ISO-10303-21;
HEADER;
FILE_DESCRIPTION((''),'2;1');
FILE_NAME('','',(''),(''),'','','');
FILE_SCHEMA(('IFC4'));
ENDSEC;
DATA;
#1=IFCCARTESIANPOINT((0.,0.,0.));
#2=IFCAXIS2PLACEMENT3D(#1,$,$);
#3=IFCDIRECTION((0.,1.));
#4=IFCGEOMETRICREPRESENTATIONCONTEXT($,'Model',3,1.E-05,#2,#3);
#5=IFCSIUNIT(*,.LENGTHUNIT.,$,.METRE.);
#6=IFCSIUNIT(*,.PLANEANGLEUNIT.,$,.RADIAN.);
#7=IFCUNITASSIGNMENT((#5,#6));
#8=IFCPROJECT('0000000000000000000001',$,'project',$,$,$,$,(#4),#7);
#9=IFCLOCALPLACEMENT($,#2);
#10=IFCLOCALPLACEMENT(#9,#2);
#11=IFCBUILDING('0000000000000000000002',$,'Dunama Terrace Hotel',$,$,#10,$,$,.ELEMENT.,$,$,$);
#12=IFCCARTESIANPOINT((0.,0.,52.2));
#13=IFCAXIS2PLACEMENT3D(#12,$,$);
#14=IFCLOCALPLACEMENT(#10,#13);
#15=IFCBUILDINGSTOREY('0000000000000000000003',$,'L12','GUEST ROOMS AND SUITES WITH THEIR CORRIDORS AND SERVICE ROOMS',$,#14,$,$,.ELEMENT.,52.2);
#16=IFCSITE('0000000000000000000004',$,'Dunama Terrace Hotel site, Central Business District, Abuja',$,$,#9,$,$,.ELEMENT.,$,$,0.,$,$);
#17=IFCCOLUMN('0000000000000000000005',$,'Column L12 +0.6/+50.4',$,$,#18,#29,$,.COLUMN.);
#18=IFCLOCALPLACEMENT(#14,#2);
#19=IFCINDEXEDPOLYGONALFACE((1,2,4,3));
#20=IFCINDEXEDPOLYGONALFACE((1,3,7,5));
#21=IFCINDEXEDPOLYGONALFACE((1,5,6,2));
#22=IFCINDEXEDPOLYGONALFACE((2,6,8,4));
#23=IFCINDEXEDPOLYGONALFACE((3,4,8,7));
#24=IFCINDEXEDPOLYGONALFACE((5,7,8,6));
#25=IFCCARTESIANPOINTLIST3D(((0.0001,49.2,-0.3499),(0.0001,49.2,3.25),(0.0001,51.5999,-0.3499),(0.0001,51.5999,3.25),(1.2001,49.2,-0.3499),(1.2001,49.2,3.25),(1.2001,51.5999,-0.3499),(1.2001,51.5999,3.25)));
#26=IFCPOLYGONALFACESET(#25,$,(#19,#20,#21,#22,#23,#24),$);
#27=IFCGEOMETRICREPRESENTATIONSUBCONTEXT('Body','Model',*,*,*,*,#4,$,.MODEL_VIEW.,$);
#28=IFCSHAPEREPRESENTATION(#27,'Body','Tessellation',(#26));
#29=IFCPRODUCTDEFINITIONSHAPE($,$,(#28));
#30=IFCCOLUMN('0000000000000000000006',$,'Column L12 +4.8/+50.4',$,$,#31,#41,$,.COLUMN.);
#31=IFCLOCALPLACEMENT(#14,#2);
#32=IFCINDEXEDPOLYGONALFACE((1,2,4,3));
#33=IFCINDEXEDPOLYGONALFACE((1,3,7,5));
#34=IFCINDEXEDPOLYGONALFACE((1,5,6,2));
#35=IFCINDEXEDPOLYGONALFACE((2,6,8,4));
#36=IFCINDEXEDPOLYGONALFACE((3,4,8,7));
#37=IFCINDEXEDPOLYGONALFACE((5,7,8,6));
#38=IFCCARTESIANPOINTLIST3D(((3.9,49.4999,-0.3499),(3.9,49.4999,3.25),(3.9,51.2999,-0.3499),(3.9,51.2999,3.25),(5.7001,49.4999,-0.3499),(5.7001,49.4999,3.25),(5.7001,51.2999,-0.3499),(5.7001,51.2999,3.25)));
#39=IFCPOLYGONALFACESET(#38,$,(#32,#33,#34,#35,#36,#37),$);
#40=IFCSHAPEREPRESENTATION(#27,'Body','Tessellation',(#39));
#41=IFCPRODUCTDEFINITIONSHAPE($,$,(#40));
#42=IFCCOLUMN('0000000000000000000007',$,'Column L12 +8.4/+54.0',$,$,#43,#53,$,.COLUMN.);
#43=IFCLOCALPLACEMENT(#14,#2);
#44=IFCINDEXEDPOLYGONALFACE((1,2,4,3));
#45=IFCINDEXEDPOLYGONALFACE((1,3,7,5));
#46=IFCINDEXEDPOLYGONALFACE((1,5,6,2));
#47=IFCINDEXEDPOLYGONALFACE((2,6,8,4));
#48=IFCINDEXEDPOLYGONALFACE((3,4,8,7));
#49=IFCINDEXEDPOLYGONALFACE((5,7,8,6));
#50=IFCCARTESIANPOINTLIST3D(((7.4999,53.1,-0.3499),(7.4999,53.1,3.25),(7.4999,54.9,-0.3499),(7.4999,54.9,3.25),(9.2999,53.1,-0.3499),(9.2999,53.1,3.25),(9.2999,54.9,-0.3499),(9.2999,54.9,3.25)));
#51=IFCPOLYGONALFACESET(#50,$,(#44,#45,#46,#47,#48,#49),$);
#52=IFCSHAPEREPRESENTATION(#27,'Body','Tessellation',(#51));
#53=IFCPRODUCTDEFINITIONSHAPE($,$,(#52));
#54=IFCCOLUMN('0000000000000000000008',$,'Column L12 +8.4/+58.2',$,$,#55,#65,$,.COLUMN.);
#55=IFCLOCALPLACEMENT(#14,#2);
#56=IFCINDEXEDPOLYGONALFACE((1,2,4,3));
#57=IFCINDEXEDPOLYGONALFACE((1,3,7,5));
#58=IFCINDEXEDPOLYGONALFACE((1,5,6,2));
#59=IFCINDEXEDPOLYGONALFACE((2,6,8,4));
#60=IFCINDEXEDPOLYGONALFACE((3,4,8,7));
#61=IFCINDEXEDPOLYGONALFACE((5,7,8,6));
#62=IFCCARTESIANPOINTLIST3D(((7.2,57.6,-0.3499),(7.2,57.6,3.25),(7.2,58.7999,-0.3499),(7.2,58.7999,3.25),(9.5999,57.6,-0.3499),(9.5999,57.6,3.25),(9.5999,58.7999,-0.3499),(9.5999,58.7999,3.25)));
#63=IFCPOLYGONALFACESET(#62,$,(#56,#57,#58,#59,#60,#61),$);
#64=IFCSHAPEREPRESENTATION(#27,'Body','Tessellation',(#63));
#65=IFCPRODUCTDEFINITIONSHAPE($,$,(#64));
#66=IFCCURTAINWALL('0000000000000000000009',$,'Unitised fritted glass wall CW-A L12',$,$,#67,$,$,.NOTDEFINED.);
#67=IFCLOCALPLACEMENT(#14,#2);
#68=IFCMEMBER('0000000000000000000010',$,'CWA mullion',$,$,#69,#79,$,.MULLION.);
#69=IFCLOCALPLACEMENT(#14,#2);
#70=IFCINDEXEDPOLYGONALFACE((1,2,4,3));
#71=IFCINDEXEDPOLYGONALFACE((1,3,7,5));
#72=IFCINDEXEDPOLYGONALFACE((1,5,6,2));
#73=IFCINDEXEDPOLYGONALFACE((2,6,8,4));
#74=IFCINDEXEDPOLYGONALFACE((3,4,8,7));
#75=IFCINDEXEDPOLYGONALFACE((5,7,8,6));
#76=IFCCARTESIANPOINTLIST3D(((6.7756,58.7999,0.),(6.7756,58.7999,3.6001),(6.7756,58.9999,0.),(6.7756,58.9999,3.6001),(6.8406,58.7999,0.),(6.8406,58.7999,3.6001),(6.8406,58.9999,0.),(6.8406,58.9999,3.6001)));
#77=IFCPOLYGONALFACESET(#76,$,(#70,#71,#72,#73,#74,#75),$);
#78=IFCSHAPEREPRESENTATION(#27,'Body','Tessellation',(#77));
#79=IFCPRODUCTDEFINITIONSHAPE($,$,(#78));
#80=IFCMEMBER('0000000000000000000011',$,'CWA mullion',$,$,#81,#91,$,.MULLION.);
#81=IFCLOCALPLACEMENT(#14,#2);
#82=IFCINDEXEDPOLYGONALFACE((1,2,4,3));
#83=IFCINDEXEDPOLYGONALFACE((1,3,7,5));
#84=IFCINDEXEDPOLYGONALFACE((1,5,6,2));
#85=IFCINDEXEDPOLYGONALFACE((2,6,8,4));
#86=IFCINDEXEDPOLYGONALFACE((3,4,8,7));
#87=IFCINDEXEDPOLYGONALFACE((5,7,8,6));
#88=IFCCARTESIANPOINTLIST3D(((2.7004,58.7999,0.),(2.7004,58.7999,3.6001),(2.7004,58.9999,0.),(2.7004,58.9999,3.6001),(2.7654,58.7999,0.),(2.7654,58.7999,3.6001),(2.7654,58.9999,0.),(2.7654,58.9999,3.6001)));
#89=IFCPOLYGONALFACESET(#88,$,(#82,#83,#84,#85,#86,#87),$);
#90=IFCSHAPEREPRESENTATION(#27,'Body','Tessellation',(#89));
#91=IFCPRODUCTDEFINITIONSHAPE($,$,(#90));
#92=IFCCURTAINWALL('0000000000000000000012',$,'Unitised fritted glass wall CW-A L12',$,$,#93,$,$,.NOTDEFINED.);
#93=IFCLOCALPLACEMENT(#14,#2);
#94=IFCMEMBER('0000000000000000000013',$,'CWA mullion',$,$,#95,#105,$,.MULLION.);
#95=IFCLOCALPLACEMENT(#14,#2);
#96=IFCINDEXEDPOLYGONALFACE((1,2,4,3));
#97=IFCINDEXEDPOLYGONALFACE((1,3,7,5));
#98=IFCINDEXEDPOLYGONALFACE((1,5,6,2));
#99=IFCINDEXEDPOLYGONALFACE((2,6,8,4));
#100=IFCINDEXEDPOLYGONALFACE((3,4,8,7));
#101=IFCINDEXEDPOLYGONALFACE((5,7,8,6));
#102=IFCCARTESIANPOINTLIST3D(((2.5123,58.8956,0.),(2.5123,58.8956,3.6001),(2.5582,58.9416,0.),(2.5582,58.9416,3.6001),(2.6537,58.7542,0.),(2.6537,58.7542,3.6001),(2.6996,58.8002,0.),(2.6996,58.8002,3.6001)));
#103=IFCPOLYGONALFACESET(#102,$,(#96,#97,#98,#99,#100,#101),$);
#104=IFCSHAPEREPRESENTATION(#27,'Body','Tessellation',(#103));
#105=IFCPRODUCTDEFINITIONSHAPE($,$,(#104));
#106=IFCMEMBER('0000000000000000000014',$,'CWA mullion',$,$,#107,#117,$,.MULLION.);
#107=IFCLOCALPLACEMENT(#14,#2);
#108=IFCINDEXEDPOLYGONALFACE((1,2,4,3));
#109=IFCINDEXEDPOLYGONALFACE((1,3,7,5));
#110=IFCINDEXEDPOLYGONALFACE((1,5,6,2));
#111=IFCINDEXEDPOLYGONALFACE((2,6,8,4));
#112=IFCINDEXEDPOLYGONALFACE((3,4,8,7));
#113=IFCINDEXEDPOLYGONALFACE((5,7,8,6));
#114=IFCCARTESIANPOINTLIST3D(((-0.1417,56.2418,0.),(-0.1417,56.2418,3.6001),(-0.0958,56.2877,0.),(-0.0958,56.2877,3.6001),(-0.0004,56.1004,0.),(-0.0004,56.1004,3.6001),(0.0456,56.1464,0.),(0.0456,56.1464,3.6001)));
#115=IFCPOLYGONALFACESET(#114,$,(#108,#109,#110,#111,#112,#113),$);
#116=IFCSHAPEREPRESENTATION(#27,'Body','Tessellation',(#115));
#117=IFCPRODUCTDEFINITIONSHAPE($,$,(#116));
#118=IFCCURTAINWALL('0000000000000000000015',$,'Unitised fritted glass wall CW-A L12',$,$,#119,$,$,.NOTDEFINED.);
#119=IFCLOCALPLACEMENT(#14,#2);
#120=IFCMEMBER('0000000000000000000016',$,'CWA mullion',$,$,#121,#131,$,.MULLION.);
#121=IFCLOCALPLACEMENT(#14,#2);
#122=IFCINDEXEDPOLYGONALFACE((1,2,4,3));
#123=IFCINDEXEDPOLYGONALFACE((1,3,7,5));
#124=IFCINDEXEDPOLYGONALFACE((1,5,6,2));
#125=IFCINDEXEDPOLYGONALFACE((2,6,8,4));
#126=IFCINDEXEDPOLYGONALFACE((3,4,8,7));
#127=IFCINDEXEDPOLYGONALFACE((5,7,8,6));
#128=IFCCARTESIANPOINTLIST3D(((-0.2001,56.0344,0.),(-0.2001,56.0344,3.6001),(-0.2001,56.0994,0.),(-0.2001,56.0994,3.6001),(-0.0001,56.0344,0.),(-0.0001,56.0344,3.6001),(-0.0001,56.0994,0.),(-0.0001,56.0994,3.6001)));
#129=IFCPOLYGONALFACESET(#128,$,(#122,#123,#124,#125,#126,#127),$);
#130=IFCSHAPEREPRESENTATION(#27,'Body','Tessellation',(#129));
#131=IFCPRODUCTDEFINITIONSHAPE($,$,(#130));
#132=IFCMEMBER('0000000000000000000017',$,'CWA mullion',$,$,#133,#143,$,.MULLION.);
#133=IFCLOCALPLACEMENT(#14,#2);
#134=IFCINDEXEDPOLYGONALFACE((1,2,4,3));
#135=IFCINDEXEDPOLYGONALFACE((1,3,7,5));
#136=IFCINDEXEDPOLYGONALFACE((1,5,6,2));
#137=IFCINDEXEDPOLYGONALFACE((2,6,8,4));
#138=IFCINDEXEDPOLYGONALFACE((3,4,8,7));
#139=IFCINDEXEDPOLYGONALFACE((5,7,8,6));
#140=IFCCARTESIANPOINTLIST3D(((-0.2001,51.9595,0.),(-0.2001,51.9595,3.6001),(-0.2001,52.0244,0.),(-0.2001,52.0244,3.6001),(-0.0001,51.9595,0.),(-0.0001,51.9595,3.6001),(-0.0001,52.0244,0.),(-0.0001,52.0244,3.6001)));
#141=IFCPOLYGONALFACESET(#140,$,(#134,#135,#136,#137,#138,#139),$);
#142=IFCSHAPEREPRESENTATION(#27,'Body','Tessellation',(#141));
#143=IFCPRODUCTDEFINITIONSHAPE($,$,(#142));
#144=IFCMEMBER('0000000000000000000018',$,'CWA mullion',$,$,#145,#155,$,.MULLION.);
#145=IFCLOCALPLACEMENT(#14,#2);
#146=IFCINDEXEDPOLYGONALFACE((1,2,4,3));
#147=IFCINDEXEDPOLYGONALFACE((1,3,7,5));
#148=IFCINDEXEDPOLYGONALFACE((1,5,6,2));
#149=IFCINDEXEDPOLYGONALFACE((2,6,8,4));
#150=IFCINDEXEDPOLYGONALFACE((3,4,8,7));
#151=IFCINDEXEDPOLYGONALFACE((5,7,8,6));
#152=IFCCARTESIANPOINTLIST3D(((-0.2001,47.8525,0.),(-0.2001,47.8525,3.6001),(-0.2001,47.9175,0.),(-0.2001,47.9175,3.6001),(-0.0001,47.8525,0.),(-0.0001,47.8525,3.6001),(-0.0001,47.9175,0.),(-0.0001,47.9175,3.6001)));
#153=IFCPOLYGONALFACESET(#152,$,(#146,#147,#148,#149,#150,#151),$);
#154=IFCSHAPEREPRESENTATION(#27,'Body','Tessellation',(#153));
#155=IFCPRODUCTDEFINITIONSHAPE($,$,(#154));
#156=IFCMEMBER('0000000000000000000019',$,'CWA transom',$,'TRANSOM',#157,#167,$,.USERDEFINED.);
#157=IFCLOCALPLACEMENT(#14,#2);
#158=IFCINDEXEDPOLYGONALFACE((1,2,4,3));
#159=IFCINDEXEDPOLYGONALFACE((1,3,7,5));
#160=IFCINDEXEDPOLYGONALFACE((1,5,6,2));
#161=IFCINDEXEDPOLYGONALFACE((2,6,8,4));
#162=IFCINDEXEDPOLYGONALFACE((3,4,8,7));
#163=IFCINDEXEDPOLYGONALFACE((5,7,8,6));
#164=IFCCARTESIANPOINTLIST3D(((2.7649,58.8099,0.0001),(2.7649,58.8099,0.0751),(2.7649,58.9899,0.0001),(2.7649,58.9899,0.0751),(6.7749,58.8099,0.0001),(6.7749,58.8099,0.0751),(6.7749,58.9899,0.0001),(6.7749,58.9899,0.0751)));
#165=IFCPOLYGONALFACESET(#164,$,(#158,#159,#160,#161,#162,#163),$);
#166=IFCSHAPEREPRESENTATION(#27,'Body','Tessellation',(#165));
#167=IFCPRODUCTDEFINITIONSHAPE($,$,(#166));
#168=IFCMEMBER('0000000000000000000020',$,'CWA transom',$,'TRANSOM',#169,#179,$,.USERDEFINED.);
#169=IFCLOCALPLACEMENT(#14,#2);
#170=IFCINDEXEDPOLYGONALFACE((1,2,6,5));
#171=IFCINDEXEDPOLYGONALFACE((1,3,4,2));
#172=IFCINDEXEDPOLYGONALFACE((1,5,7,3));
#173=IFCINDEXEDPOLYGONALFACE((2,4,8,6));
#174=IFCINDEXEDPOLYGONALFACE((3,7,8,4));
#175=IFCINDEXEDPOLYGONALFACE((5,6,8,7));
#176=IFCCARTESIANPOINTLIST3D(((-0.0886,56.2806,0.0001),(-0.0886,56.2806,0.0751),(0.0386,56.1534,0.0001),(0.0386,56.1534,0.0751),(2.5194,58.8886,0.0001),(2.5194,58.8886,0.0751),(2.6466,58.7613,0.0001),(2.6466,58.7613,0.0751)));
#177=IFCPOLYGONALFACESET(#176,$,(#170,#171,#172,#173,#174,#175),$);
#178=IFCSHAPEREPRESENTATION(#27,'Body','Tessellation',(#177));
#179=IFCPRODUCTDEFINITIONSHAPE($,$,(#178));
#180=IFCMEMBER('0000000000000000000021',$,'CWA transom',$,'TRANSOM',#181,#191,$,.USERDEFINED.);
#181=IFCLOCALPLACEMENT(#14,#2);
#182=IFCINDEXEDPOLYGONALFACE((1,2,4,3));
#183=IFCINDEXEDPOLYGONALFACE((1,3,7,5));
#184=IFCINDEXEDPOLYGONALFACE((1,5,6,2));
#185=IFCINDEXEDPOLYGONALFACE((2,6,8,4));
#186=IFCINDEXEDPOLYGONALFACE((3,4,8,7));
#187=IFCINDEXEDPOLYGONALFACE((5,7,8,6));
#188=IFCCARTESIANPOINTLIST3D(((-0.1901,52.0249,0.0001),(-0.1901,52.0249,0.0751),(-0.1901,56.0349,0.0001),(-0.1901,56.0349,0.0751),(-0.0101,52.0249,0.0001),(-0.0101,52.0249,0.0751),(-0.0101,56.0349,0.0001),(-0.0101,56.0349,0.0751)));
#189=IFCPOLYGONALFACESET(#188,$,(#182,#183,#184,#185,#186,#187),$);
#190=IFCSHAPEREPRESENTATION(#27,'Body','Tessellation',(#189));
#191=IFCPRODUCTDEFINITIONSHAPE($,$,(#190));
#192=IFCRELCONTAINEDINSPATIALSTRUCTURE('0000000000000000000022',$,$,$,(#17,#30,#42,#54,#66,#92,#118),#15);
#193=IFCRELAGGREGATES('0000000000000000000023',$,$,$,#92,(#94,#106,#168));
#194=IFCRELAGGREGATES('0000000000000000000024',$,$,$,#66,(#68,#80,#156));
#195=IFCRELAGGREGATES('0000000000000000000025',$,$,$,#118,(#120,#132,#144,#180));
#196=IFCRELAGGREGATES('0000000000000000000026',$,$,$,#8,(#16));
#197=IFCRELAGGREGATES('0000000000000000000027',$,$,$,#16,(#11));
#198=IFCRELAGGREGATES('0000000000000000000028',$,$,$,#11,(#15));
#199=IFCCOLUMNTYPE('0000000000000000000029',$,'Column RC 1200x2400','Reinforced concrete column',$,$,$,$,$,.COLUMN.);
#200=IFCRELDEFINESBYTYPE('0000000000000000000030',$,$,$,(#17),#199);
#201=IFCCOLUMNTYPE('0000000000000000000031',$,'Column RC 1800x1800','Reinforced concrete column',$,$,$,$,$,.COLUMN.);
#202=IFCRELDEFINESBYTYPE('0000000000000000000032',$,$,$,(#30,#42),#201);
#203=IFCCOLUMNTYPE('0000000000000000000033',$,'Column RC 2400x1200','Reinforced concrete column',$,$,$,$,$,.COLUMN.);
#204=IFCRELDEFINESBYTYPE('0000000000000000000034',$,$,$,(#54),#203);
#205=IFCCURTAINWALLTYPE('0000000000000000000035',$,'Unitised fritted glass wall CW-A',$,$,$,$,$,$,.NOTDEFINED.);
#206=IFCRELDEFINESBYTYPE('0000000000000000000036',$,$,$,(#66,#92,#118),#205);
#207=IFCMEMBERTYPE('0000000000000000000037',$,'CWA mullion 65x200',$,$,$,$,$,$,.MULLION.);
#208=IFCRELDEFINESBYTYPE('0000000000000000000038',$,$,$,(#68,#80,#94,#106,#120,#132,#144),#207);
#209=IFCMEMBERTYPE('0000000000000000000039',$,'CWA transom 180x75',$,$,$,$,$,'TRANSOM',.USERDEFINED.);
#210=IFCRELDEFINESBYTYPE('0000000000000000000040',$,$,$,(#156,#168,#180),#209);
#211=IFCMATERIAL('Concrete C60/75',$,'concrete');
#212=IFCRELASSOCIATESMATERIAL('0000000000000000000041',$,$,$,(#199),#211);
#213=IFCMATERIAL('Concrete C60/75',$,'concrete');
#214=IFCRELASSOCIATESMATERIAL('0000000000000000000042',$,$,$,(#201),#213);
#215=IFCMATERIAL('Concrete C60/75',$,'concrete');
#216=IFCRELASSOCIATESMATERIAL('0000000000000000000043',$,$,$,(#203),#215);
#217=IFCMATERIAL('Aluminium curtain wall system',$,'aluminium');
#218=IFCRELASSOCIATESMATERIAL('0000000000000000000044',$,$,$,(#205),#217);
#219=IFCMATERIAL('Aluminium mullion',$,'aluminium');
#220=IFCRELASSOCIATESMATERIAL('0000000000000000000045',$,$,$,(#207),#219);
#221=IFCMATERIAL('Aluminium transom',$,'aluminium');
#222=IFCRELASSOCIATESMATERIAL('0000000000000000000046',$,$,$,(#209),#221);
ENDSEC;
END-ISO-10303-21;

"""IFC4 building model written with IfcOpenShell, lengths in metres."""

from ifc_helpers import new_model, si_unit, direction, frame, origin, origin_2d, place, context, subcontext, project, spatial, rectangle, extrude, material, material_profile, profile_set, type_object, element, aggregate, save


model = new_model("IFC4")

# Units and contexts
model_context = context("Model", 3, precision=1e-05, world=origin(), true_north=direction((0.0, 1.0)))
body_context = subcontext(model_context, "Body", "Model", "MODEL_VIEW")
ifc_project = project(units=[si_unit("LENGTHUNIT", "METRE"), si_unit("PLANEANGLEUNIT", "RADIAN")], contexts=[model_context])

# Site, building, storey
site_placement = place(None, origin())
site = spatial("IfcSite", under=ifc_project, at=site_placement, Name="Dunama Terrace Hotel site, Central Business District, Abuja", CompositionType="ELEMENT", RefElevation=0.0)
building_placement = place(site_placement, origin())
building = spatial("IfcBuilding", under=site, at=building_placement, Name="Dunama Terrace Hotel", CompositionType="ELEMENT")
storey_placement = place(building_placement, frame((0.0, 0.0, 52.2)))
storey = spatial("IfcBuildingStorey", under=building, at=storey_placement, Name="L12", Description="GUEST ROOMS AND SUITES WITH THEIR CORRIDORS AND SERVICE ROOMS", CompositionType="ELEMENT", Elevation=52.2)

# Columns
ifc_material_1 = material(Name="Concrete C60/75", Category="concrete")
ifc_material_profile_1 = material_profile(ifc_material_1, rectangle(XDim=1.2, YDim=2.3999, at=origin_2d()), Name="RC 1200x2400")
ifc_profile_set_1 = profile_set([ifc_material_profile_1], Name="Concrete C60/75")
column_type_1 = type_object("IfcColumnType", Name="Column RC 1200x2400", Description="Reinforced concrete column", PredefinedType="COLUMN", material=ifc_profile_set_1)
column_1_placement = place(storey_placement, frame((0.6001, 50.3999, -0.3499), z_axis=(0.0, 0.0, 1.0), x_axis=(1.0, 0.0, 0.0)))
element("IfcColumn", 1, at=column_1_placement, inside=storey, type_object=column_type_1, Name="Column L12 +0.6/+50.4", PredefinedType="COLUMN", context=body_context, shape_type="SweptSolid", body=[
    extrude(rectangle(XDim=1.2, YDim=2.3999, at=origin_2d()), origin(), (0.0, 0.0, 1.0), 3.5999),
])
ifc_material_2 = material(Name="Concrete C60/75", Category="concrete")
ifc_material_profile_2 = material_profile(ifc_material_2, rectangle(XDim=1.8, YDim=1.8, at=origin_2d()), Name="RC 1800x1800")
ifc_profile_set_2 = profile_set([ifc_material_profile_2], Name="Concrete C60/75")
column_type_2 = type_object("IfcColumnType", Name="Column RC 1800x1800", Description="Reinforced concrete column", PredefinedType="COLUMN", material=ifc_profile_set_2)
for number, where, z_axis, x_axis, name in (
    (2, (4.8, 50.3999, -0.3499), (0.0, 0.0, 1.0), (1.0, 0.0, 0.0), "Column L12 +4.8/+50.4"),
    (3, (8.3999, 54.0, -0.3499), (0.0, 0.0, 1.0), (1.0, 0.0, 0.0), "Column L12 +8.4/+54.0"),
):
    element("IfcColumn", number, at=place(storey_placement, frame(where, z_axis=z_axis, x_axis=x_axis)), inside=storey, type_object=column_type_2, Name=name, PredefinedType="COLUMN", context=body_context, shape_type="SweptSolid", body=[
        extrude(rectangle(XDim=1.8, YDim=1.8, at=origin_2d()), origin(), (0.0, 0.0, 1.0), 3.5999),
    ])
ifc_material_3 = material(Name="Concrete C60/75", Category="concrete")
ifc_material_profile_3 = material_profile(ifc_material_3, rectangle(XDim=2.3999, YDim=1.2, at=origin_2d()), Name="RC 2400x1200")
ifc_profile_set_3 = profile_set([ifc_material_profile_3], Name="Concrete C60/75")
column_type_3 = type_object("IfcColumnType", Name="Column RC 2400x1200", Description="Reinforced concrete column", PredefinedType="COLUMN", material=ifc_profile_set_3)
column_2_placement = place(storey_placement, frame((8.3999, 58.2, -0.3499), z_axis=(0.0, 0.0, 1.0), x_axis=(1.0, 0.0, 0.0)))
element("IfcColumn", 4, at=column_2_placement, inside=storey, type_object=column_type_3, Name="Column L12 +8.4/+58.2", PredefinedType="COLUMN", context=body_context, shape_type="SweptSolid", body=[
    extrude(rectangle(XDim=2.3999, YDim=1.2, at=origin_2d()), origin(), (0.0, 0.0, 1.0), 3.5999),
])

# Curtain walls, members
ifc_material_4 = material(Name="Aluminium curtain wall system", Category="aluminium")
curtain_wall_type = type_object("IfcCurtainWallType", Name="Unitised fritted glass wall CW-A", PredefinedType="NOTDEFINED", material=ifc_material_4)
curtain_wall_1_placement = place(storey_placement, origin())
curtain_wall_1 = element("IfcCurtainWall", 5, at=curtain_wall_1_placement, inside=storey, type_object=curtain_wall_type, Name="Unitised fritted glass wall CW-A L12", PredefinedType="NOTDEFINED")
ifc_material_5 = material(Name="Aluminium mullion", Category="aluminium")
ifc_material_profile_4 = material_profile(ifc_material_5, rectangle(XDim=0.0649, YDim=0.2, at=origin_2d()), Name="CWA MULLION 65X200")
ifc_profile_set_4 = profile_set([ifc_material_profile_4], Name="Aluminium mullion")
member_type_1 = type_object("IfcMemberType", Name="CWA mullion 65x200", PredefinedType="MULLION", material=ifc_profile_set_4)
member_1_placement = place(storey_placement, frame((6.8081, 58.8999, 0.0), z_axis=(0.0, 0.0, 1.0), x_axis=(-1.0, 0.0, 0.0)))
member_1 = element("IfcMember", 6, at=member_1_placement, type_object=member_type_1, Name="CWA mullion", PredefinedType="MULLION", context=body_context, shape_type="SweptSolid", body=[
    extrude(rectangle(XDim=0.0649, YDim=0.2, at=origin_2d()), origin(), (0.0, 0.0, 1.0), 3.6001),
])
member_2_placement = place(storey_placement, frame((2.7329, 58.8999, 0.0), z_axis=(0.0, 0.0, 1.0), x_axis=(-1.0, 0.0, 0.0)))
member_2 = element("IfcMember", 7, at=member_2_placement, type_object=member_type_1, Name="CWA mullion", PredefinedType="MULLION", context=body_context, shape_type="SweptSolid", body=[
    extrude(rectangle(XDim=0.0649, YDim=0.2, at=origin_2d()), origin(), (0.0, 0.0, 1.0), 3.6001),
])
curtain_wall_2_placement = place(storey_placement, origin())
curtain_wall_2 = element("IfcCurtainWall", 8, at=curtain_wall_2_placement, inside=storey, type_object=curtain_wall_type, Name="Unitised fritted glass wall CW-A L12", PredefinedType="NOTDEFINED")
member_3_placement = place(storey_placement, frame((2.606, 58.8479, 0.0), z_axis=(0.0, 0.0, 1.0), x_axis=(-0.707107, -0.707107, 0.0)))
member_3 = element("IfcMember", 9, at=member_3_placement, type_object=member_type_1, Name="CWA mullion", PredefinedType="MULLION", context=body_context, shape_type="SweptSolid", body=[
    extrude(rectangle(XDim=0.0649, YDim=0.2, at=origin_2d()), origin(), (0.0, 0.0, 1.0), 3.6001),
])
member_4_placement = place(storey_placement, frame((-0.0481, 56.1941, 0.0), z_axis=(0.0, 0.0, 1.0), x_axis=(-0.707107, -0.707107, 0.0)))
member_4 = element("IfcMember", 10, at=member_4_placement, type_object=member_type_1, Name="CWA mullion", PredefinedType="MULLION", context=body_context, shape_type="SweptSolid", body=[
    extrude(rectangle(XDim=0.0649, YDim=0.2, at=origin_2d()), origin(), (0.0, 0.0, 1.0), 3.6001),
])
curtain_wall_3_placement = place(storey_placement, origin())
curtain_wall_3 = element("IfcCurtainWall", 11, at=curtain_wall_3_placement, inside=storey, type_object=curtain_wall_type, Name="Unitised fritted glass wall CW-A L12", PredefinedType="NOTDEFINED")
member_5_placement = place(storey_placement, frame((-0.1001, 56.0669, 0.0), z_axis=(0.0, 0.0, 1.0), x_axis=(0.0, -1.0, 0.0)))
member_5 = element("IfcMember", 12, at=member_5_placement, type_object=member_type_1, Name="CWA mullion", PredefinedType="MULLION", context=body_context, shape_type="SweptSolid", body=[
    extrude(rectangle(XDim=0.0649, YDim=0.2, at=origin_2d()), origin(), (0.0, 0.0, 1.0), 3.6001),
])
member_6_placement = place(storey_placement, frame((-0.1001, 51.9919, 0.0), z_axis=(0.0, 0.0, 1.0), x_axis=(0.0, -1.0, 0.0)))
member_6 = element("IfcMember", 13, at=member_6_placement, type_object=member_type_1, Name="CWA mullion", PredefinedType="MULLION", context=body_context, shape_type="SweptSolid", body=[
    extrude(rectangle(XDim=0.0649, YDim=0.2, at=origin_2d()), origin(), (0.0, 0.0, 1.0), 3.6001),
])
member_7_placement = place(storey_placement, frame((-0.1001, 47.885, 0.0), z_axis=(0.0, 0.0, 1.0), x_axis=(0.0, -1.0, 0.0)))
member_7 = element("IfcMember", 14, at=member_7_placement, type_object=member_type_1, Name="CWA mullion", PredefinedType="MULLION", context=body_context, shape_type="SweptSolid", body=[
    extrude(rectangle(XDim=0.0649, YDim=0.2, at=origin_2d()), origin(), (0.0, 0.0, 1.0), 3.6001),
])

# Members
ifc_material_6 = material(Name="Aluminium transom", Category="aluminium")
ifc_material_profile_5 = material_profile(ifc_material_6, rectangle(XDim=0.1799, YDim=0.075, at=origin_2d()), Name="CWA TRANSOM 180X75")
ifc_profile_set_5 = profile_set([ifc_material_profile_5], Name="Aluminium transom")
member_type_2 = type_object("IfcMemberType", Name="CWA transom 180x75", ElementType="TRANSOM", PredefinedType="USERDEFINED", material=ifc_profile_set_5)
member_8_placement = place(storey_placement, frame((6.7749, 58.8999, 0.0376), z_axis=(-1.0, 0.0, 0.0), x_axis=(0.0, -1.0, 0.0)))
member_8 = element("IfcMember", 15, at=member_8_placement, type_object=member_type_2, Name="CWA transom", ObjectType="TRANSOM", PredefinedType="USERDEFINED", context=body_context, shape_type="SweptSolid", body=[
    extrude(rectangle(XDim=0.1799, YDim=0.075, at=origin_2d()), origin(), (0.0, 0.0, 1.0), 4.01),
])
member_9_placement = place(storey_placement, frame((2.583, 58.825, 0.0376), z_axis=(-0.707107, -0.707107, 0.0), x_axis=(0.707107, -0.707107, 0.0)))
member_9 = element("IfcMember", 16, at=member_9_placement, type_object=member_type_2, Name="CWA transom", ObjectType="TRANSOM", PredefinedType="USERDEFINED", context=body_context, shape_type="SweptSolid", body=[
    extrude(rectangle(XDim=0.1799, YDim=0.075, at=origin_2d()), origin(), (0.0, 0.0, 1.0), 3.6882),
])
member_10_placement = place(storey_placement, frame((-0.1001, 56.0349, 0.0376), z_axis=(0.0, -1.0, 0.0), x_axis=(1.0, 0.0, 0.0)))
member_10 = element("IfcMember", 17, at=member_10_placement, type_object=member_type_2, Name="CWA transom", ObjectType="TRANSOM", PredefinedType="USERDEFINED", context=body_context, shape_type="SweptSolid", body=[
    extrude(rectangle(XDim=0.1799, YDim=0.075, at=origin_2d()), origin(), (0.0, 0.0, 1.0), 4.01),
])

aggregate(curtain_wall_2, [member_3, member_4, member_9])
aggregate(curtain_wall_1, [member_1, member_2, member_8])
aggregate(curtain_wall_3, [member_5, member_6, member_7, member_10])

save(model, "model.ifc")
